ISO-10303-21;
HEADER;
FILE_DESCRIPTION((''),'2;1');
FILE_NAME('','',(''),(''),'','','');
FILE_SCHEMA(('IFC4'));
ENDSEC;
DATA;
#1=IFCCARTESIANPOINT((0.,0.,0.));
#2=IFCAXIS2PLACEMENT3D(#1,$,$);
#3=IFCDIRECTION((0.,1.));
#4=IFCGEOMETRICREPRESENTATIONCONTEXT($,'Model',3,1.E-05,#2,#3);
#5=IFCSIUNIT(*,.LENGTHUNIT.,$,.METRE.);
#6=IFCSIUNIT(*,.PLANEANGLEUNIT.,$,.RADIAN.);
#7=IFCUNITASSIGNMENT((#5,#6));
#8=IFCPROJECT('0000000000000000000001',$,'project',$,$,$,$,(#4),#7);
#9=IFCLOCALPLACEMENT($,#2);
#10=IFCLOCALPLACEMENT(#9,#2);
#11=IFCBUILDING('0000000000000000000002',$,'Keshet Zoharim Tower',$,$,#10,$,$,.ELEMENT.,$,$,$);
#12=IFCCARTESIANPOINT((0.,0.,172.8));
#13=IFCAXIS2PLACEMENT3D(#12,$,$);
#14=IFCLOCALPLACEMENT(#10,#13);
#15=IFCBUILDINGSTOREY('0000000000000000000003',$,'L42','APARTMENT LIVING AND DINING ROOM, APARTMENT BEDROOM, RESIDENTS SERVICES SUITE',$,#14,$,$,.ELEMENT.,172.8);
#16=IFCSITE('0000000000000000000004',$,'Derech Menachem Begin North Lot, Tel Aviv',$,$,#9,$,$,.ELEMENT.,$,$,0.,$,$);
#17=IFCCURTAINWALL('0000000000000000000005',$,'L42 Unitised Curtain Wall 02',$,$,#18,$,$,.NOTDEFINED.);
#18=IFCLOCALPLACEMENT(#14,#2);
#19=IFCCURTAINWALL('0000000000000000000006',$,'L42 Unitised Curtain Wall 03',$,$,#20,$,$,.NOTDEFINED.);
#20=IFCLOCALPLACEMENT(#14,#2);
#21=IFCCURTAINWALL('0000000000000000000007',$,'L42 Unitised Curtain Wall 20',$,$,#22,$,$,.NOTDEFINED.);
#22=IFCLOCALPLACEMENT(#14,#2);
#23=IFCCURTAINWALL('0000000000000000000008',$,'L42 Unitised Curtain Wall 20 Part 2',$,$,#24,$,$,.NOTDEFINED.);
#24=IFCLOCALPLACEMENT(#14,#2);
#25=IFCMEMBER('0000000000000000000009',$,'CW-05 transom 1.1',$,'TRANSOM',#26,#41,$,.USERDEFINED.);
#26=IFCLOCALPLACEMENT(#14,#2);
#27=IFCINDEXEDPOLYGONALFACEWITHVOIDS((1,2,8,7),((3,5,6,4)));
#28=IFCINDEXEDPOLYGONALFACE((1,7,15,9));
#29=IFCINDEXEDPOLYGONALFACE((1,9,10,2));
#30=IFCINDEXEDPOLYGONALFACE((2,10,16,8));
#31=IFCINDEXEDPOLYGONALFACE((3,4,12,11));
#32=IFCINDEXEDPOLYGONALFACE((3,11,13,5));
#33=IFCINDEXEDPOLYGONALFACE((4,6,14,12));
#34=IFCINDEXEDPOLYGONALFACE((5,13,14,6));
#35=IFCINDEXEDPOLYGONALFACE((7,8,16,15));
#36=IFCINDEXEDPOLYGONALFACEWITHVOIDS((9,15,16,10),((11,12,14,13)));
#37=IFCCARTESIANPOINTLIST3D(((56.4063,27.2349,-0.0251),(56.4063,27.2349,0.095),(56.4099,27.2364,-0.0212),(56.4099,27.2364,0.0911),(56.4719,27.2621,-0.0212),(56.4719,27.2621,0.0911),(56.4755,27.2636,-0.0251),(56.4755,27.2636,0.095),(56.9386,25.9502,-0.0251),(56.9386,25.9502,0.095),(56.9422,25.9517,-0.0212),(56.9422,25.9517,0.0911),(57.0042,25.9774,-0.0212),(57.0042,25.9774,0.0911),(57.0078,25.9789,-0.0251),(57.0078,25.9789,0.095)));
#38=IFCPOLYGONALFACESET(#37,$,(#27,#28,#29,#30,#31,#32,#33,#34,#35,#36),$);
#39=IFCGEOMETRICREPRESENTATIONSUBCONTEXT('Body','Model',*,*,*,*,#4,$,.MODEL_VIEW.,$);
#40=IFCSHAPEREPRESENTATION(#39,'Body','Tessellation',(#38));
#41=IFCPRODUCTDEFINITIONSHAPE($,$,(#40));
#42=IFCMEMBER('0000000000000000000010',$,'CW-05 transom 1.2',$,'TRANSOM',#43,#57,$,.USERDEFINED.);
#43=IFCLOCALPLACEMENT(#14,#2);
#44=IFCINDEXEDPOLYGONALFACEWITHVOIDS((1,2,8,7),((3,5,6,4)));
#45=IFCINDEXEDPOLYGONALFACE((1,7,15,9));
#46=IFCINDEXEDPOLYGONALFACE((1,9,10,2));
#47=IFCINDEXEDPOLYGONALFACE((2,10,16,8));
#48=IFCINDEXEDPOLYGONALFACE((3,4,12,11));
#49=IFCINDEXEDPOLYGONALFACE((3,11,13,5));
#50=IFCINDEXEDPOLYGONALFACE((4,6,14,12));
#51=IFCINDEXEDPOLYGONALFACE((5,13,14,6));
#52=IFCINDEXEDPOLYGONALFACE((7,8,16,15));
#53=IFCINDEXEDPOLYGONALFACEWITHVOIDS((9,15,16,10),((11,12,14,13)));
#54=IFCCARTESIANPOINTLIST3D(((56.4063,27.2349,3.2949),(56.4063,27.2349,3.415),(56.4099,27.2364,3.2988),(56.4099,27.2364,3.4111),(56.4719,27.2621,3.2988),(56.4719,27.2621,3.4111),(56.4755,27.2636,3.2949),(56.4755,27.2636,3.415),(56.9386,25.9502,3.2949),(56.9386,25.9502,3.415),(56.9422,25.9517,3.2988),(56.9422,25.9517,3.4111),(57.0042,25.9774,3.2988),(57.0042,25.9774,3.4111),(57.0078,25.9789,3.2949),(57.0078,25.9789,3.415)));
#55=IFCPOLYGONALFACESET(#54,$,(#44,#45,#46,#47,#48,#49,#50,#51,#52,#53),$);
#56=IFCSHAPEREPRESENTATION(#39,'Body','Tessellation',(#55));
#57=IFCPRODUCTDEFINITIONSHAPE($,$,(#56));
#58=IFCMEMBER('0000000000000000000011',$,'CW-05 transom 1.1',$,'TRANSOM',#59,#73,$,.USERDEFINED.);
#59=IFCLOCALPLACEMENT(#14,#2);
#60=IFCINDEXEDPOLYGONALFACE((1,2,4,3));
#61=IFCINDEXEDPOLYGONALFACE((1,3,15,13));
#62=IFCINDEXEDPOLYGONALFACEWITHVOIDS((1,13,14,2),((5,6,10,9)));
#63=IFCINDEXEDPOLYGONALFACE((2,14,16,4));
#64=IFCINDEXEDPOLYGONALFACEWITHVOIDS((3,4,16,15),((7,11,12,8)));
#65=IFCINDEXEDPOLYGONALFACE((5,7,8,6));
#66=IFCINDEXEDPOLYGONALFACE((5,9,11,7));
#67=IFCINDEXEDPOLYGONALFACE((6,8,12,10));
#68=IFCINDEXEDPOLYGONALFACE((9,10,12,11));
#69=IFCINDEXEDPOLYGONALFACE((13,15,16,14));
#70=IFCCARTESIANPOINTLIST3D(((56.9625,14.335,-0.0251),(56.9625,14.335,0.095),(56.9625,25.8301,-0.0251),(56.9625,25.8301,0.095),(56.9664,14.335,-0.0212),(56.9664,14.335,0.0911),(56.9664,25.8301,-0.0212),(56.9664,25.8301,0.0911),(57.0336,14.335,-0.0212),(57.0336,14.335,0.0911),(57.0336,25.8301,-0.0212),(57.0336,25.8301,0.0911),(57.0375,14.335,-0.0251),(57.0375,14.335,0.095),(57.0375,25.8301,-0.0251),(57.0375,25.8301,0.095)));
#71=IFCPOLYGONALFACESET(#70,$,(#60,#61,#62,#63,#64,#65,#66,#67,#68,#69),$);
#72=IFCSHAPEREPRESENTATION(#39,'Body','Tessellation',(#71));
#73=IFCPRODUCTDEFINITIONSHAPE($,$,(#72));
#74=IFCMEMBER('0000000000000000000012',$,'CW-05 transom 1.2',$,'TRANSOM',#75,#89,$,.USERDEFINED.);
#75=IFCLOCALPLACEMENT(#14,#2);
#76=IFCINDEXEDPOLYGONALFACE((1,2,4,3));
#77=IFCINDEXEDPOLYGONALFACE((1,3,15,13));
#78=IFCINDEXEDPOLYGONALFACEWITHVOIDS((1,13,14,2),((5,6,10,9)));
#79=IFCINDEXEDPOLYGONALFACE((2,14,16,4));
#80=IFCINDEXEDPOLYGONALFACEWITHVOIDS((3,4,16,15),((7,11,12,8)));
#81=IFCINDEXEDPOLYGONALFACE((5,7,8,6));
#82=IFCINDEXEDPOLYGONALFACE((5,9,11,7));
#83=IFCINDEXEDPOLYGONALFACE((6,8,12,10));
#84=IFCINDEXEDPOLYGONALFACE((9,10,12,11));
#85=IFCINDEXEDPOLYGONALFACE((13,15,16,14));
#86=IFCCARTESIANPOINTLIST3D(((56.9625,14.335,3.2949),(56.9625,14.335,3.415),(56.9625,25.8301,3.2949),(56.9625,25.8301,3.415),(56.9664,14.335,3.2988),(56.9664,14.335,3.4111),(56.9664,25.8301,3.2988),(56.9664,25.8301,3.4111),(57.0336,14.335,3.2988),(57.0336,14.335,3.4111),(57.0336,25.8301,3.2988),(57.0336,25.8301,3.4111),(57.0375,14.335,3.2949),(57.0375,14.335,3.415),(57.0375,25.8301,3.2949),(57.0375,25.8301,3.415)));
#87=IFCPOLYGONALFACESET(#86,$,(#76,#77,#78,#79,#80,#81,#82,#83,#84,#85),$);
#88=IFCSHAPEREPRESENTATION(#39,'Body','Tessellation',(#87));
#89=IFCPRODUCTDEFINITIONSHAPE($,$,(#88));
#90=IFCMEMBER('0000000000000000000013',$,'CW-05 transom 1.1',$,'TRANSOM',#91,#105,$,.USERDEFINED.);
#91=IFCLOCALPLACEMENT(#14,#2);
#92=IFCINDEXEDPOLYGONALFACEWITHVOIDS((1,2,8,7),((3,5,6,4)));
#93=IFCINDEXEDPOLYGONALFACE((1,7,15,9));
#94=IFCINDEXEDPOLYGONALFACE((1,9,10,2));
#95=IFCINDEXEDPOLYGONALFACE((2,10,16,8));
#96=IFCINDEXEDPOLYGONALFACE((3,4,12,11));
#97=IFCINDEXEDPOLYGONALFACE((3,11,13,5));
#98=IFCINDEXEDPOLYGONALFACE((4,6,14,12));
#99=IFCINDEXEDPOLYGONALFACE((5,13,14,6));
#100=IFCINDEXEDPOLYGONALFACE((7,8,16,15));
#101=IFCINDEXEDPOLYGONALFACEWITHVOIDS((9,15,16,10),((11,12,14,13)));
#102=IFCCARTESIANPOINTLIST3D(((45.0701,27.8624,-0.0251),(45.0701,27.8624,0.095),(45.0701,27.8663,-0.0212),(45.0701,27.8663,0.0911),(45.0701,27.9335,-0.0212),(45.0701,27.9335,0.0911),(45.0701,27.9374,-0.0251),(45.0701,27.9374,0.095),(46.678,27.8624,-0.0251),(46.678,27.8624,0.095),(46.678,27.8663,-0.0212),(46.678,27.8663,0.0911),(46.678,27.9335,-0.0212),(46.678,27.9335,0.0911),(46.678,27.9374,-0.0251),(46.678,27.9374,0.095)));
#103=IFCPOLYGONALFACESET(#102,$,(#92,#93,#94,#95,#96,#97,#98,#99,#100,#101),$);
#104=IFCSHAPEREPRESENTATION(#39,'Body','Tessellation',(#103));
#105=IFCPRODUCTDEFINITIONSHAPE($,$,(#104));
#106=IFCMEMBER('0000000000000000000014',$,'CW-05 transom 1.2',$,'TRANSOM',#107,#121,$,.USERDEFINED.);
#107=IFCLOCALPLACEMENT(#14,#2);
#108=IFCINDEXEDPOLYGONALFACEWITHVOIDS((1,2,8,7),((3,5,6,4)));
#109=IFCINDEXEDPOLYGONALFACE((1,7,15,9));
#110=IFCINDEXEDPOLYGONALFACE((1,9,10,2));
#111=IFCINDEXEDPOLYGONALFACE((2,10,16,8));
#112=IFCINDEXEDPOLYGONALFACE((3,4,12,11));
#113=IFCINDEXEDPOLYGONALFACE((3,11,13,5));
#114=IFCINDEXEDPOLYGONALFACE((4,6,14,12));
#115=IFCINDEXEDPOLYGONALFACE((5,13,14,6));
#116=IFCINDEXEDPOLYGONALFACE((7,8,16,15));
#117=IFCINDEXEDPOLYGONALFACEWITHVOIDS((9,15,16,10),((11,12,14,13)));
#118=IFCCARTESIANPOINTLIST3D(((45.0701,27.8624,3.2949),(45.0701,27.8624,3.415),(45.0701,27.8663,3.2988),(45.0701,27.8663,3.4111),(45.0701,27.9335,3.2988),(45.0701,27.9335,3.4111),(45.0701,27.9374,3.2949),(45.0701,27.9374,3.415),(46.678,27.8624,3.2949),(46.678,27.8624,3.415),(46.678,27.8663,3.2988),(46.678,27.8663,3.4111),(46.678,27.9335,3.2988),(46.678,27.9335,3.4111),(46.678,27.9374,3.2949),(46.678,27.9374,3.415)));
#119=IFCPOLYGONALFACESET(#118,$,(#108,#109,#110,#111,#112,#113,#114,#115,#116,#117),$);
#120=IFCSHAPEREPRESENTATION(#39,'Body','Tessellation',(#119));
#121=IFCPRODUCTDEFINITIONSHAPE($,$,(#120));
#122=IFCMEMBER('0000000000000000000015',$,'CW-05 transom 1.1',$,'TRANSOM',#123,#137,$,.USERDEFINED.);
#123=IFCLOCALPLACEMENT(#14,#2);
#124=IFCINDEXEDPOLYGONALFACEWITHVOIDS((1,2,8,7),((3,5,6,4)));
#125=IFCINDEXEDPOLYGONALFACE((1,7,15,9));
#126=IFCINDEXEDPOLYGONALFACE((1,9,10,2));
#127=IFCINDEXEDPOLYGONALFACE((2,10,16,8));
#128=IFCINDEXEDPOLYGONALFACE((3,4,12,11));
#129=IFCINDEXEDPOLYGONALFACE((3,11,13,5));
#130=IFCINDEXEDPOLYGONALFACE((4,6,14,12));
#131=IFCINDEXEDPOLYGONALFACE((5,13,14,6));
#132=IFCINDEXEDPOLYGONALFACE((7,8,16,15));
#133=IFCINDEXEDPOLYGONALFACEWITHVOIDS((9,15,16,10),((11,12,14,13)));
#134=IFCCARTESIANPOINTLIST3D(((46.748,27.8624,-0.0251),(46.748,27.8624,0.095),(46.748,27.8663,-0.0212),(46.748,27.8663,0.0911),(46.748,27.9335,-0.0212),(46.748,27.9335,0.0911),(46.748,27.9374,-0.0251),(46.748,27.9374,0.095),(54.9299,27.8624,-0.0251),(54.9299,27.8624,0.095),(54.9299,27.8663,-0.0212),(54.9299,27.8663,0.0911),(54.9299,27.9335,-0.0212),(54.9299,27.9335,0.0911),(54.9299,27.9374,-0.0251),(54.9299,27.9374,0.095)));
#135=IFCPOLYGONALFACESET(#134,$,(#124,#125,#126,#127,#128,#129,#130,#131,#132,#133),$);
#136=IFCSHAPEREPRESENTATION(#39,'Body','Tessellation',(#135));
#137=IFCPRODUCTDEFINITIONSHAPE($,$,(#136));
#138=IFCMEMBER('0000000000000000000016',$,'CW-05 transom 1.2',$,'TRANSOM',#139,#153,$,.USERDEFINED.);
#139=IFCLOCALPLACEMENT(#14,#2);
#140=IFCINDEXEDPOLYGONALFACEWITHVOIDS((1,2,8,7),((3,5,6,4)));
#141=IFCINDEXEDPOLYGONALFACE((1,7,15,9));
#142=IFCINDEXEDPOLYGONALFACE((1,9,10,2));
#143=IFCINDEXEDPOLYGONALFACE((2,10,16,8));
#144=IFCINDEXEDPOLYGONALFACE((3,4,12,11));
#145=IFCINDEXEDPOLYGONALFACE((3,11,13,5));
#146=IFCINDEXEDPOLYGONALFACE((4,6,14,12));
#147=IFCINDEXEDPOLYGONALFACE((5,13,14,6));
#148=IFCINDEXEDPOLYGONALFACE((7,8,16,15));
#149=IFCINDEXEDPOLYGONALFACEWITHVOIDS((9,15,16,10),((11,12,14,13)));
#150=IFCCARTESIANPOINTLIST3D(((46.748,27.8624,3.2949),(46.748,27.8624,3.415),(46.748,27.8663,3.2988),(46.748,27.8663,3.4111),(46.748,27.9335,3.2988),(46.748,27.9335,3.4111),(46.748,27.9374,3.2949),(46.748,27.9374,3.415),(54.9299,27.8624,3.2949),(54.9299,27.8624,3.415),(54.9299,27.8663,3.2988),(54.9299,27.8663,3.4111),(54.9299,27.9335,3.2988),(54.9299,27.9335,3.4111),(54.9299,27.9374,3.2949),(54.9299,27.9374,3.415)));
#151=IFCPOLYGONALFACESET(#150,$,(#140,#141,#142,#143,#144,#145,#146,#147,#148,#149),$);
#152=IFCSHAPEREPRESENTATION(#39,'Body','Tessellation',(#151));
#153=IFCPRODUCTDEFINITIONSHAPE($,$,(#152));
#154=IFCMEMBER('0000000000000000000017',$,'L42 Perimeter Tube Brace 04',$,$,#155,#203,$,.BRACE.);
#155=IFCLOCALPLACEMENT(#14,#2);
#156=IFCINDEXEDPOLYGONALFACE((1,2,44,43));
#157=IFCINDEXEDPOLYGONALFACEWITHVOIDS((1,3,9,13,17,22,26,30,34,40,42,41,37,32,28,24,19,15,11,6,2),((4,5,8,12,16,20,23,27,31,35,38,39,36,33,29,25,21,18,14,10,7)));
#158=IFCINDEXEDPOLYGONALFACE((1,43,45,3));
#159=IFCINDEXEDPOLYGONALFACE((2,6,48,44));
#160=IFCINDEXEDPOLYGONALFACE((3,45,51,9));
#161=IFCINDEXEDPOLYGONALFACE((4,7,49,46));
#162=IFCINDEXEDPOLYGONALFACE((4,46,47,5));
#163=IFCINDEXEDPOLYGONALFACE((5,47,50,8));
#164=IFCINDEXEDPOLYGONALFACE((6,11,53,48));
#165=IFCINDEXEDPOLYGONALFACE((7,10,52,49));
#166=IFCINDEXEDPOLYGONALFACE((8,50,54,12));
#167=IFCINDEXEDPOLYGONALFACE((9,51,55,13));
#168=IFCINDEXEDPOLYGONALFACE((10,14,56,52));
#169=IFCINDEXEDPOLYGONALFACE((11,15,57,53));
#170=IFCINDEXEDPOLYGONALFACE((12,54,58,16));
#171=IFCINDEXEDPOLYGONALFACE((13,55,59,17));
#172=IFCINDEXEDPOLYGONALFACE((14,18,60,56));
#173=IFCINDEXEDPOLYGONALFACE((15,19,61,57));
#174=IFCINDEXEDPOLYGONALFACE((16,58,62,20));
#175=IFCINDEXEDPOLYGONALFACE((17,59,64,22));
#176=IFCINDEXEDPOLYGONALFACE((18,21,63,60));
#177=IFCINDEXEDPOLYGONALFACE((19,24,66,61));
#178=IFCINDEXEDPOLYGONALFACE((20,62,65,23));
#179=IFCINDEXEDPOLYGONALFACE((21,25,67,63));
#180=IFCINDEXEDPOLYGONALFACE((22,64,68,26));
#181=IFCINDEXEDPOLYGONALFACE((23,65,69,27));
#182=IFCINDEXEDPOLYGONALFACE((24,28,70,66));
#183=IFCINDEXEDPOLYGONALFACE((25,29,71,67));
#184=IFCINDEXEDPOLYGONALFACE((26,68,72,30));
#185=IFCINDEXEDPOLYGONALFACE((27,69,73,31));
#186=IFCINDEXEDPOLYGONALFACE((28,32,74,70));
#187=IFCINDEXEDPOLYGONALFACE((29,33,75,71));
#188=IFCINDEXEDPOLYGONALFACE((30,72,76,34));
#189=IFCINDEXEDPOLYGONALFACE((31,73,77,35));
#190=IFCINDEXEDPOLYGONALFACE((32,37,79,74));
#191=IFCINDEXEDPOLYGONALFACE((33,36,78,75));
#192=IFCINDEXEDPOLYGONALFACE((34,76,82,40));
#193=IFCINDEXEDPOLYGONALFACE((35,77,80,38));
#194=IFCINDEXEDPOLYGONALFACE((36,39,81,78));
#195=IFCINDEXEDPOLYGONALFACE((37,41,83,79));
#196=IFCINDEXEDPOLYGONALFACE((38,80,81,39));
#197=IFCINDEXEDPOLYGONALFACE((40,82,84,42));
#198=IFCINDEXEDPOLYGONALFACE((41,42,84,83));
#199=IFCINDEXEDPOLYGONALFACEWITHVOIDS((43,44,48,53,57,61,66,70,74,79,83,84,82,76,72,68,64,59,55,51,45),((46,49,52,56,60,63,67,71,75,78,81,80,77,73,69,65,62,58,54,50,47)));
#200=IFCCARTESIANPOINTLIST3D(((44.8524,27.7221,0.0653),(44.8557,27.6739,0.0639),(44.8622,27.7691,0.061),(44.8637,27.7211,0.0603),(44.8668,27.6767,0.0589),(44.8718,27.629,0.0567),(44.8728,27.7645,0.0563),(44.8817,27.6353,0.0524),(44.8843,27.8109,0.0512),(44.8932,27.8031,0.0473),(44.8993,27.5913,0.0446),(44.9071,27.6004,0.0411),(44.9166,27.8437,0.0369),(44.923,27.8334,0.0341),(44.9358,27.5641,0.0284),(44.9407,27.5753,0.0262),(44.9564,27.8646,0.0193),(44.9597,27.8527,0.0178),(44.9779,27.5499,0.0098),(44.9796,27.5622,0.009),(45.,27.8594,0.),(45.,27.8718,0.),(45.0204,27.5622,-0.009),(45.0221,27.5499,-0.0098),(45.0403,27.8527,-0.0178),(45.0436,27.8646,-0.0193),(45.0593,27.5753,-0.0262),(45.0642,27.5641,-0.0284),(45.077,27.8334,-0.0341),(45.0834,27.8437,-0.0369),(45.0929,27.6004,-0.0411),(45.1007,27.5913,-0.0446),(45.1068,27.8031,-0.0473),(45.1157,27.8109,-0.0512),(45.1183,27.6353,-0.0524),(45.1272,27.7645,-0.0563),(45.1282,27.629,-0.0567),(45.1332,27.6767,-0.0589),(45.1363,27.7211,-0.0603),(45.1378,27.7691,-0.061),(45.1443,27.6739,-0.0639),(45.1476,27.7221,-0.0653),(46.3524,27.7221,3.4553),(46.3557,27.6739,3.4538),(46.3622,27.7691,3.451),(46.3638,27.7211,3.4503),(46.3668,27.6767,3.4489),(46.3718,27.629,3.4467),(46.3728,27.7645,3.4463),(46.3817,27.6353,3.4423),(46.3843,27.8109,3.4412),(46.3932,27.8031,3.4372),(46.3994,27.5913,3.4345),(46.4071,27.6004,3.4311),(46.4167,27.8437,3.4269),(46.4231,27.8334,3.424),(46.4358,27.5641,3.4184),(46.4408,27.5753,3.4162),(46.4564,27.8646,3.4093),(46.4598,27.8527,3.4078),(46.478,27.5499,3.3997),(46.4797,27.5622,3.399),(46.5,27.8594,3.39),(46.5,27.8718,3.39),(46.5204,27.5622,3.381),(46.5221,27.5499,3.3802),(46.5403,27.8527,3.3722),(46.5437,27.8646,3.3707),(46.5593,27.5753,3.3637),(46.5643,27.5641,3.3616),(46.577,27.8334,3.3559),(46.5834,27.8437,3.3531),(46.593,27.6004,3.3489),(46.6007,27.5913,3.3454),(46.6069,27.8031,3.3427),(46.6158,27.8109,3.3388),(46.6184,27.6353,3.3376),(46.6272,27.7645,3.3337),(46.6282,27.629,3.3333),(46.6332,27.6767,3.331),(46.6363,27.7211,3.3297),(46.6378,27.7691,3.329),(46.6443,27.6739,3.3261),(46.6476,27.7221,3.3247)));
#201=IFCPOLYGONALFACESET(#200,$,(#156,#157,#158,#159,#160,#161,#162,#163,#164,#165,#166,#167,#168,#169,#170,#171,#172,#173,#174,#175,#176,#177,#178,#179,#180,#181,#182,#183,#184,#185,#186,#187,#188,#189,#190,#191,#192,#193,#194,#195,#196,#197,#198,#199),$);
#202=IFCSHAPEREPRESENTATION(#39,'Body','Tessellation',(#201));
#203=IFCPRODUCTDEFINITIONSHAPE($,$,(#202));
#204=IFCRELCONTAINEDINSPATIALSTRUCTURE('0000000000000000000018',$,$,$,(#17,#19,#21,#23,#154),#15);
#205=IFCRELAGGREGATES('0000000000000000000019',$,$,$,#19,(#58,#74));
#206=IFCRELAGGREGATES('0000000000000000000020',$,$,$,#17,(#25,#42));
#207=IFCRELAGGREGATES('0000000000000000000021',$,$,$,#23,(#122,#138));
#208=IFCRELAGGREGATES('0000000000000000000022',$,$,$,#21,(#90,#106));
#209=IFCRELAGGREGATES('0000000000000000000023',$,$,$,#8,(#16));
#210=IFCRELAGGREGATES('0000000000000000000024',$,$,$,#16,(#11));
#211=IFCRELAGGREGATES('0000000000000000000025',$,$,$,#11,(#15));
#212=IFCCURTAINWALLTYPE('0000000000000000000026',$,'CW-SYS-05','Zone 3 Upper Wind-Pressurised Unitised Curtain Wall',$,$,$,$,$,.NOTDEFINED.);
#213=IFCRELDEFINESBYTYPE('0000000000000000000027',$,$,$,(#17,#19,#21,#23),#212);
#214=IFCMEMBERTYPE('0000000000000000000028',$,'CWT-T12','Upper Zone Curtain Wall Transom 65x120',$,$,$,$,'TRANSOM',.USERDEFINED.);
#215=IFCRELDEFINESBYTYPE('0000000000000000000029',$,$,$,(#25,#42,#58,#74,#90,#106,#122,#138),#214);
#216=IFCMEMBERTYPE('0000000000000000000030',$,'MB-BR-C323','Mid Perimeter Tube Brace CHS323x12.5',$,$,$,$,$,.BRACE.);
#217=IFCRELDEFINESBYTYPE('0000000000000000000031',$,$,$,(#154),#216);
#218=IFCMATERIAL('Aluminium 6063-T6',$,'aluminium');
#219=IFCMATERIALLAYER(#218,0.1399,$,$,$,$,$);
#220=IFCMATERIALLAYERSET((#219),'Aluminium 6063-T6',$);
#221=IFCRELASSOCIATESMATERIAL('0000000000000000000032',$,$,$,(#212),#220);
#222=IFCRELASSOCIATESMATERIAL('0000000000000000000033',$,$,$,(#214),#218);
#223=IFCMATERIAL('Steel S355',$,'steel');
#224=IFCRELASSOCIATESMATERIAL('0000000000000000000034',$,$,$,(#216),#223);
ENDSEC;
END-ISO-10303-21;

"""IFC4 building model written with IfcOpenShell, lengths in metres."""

from ifc_helpers import new_model, si_unit, direction, frame, origin, origin_2d, place, context, subcontext, project, spatial, hollow_rectangle, hollow_circle, extrude, material, layer, layer_set, material_profile, profile_set, type_object, element, aggregate, save


model = new_model("IFC4")

# Units and contexts
model_context = context("Model", 3, precision=1e-05, world=origin(), true_north=direction((0.0, 1.0)))
body_context = subcontext(model_context, "Body", "Model", "MODEL_VIEW")
ifc_project = project(units=[si_unit("LENGTHUNIT", "METRE"), si_unit("PLANEANGLEUNIT", "RADIAN")], contexts=[model_context])

# Site, building, storey
site_placement = place(None, origin())
site = spatial("IfcSite", under=ifc_project, at=site_placement, Name="Derech Menachem Begin North Lot, Tel Aviv", CompositionType="ELEMENT", RefElevation=0.0)
building_placement = place(site_placement, origin())
building = spatial("IfcBuilding", under=site, at=building_placement, Name="Keshet Zoharim Tower", CompositionType="ELEMENT")
storey_placement = place(building_placement, frame((0.0, 0.0, 172.8)))
storey = spatial("IfcBuildingStorey", under=building, at=storey_placement, Name="L42", Description="APARTMENT LIVING AND DINING ROOM, APARTMENT BEDROOM, RESIDENTS SERVICES SUITE", CompositionType="ELEMENT", Elevation=172.8)

# Shared definitions
ifc_material_1 = material(Name="Steel S355", Category="steel")

# Curtain wall
ifc_material_2 = material(Name="Aluminium 6063-T6", Category="aluminium")
ifc_layer_1 = layer(ifc_material_2, 0.1399)
ifc_layer_set_1 = layer_set([ifc_layer_1], Name="Aluminium 6063-T6")
curtain_wall_type = type_object("IfcCurtainWallType", Name="CW-SYS-05", Description="Zone 3 Upper Wind-Pressurised Unitised Curtain Wall", PredefinedType="NOTDEFINED", material=ifc_layer_set_1)
curtain_wall_1_placement = place(storey_placement, origin())
curtain_wall_1 = element("IfcCurtainWall", 1, at=curtain_wall_1_placement, inside=storey, type_object=curtain_wall_type, Name="L42 Unitised Curtain Wall 02", PredefinedType="NOTDEFINED")

# Curtain wall
curtain_wall_2_placement = place(storey_placement, origin())
curtain_wall_2 = element("IfcCurtainWall", 2, at=curtain_wall_2_placement, inside=storey, type_object=curtain_wall_type, Name="L42 Unitised Curtain Wall 03", PredefinedType="NOTDEFINED")

# Curtain wall
curtain_wall_3_placement = place(storey_placement, origin())
curtain_wall_3 = element("IfcCurtainWall", 3, at=curtain_wall_3_placement, inside=storey, type_object=curtain_wall_type, Name="L42 Unitised Curtain Wall 20", PredefinedType="NOTDEFINED")

# Curtain wall
curtain_wall_4_placement = place(storey_placement, origin())
curtain_wall_4 = element("IfcCurtainWall", 4, at=curtain_wall_4_placement, inside=storey, type_object=curtain_wall_type, Name="L42 Unitised Curtain Wall 20 Part 2", PredefinedType="NOTDEFINED")

# Members
ifc_material_profile_1 = material_profile(ifc_material_2, hollow_rectangle(XDim=0.075, YDim=0.1201, WallThickness=0.0039, at=origin_2d()), Name="TRN-75x120")
ifc_profile_set_1 = profile_set([ifc_material_profile_1], Name="Aluminium 6063-T6")
member_type_1 = type_object("IfcMemberType", Name="CWT-T12", Description="Upper Zone Curtain Wall Transom 65x120", ElementType="TRANSOM", PredefinedType="USERDEFINED", material=ifc_profile_set_1)
member_1_placement = place(storey_placement, frame((56.4409, 27.2493, 0.0349), z_axis=(0.382745, -0.923854, 0.0), x_axis=(0.923854, 0.382745, 0.0)))
member_1 = element("IfcMember", 5, at=member_1_placement, type_object=member_type_1, Name="CW-05 transom 1.1", ObjectType="TRANSOM", PredefinedType="USERDEFINED", context=body_context, shape_type="SweptSolid", body=[
    extrude(hollow_rectangle(XDim=0.075, YDim=0.1201, WallThickness=0.0039, at=origin_2d()), origin(), (0.0, 0.0, 1.0), 1.3906),
])
member_2_placement = place(storey_placement, frame((56.4409, 27.2493, 3.355), z_axis=(0.382745, -0.923854, 0.0), x_axis=(0.923854, 0.382745, 0.0)))
member_2 = element("IfcMember", 6, at=member_2_placement, type_object=member_type_1, Name="CW-05 transom 1.2", ObjectType="TRANSOM", PredefinedType="USERDEFINED", context=body_context, shape_type="SweptSolid", body=[
    extrude(hollow_rectangle(XDim=0.075, YDim=0.1201, WallThickness=0.0039, at=origin_2d()), origin(), (0.0, 0.0, 1.0), 1.3906),
])
member_3_placement = place(storey_placement, frame((57.0, 25.8301, 0.0349), z_axis=(0.0, -1.0, 0.0), x_axis=(1.0, 0.0, 0.0)))
member_3 = element("IfcMember", 7, at=member_3_placement, type_object=member_type_1, Name="CW-05 transom 1.1", ObjectType="TRANSOM", PredefinedType="USERDEFINED", context=body_context, shape_type="SweptSolid", body=[
    extrude(hollow_rectangle(XDim=0.075, YDim=0.1201, WallThickness=0.0039, at=origin_2d()), origin(), (0.0, 0.0, 1.0), 11.4951),
])
member_4_placement = place(storey_placement, frame((57.0, 25.8301, 3.355), z_axis=(0.0, -1.0, 0.0), x_axis=(1.0, 0.0, 0.0)))
member_4 = element("IfcMember", 8, at=member_4_placement, type_object=member_type_1, Name="CW-05 transom 1.2", ObjectType="TRANSOM", PredefinedType="USERDEFINED", context=body_context, shape_type="SweptSolid", body=[
    extrude(hollow_rectangle(XDim=0.075, YDim=0.1201, WallThickness=0.0039, at=origin_2d()), origin(), (0.0, 0.0, 1.0), 11.4951),
])
aggregate(curtain_wall_2, [member_3, member_4])
member_5_placement = place(storey_placement, frame((45.0701, 27.8999, 0.0349), z_axis=(1.0, 0.0, 0.0), x_axis=(0.0, 1.0, 0.0)))
member_5 = element("IfcMember", 9, at=member_5_placement, type_object=member_type_1, Name="CW-05 transom 1.1", ObjectType="TRANSOM", PredefinedType="USERDEFINED", context=body_context, shape_type="SweptSolid", body=[
    extrude(hollow_rectangle(XDim=0.075, YDim=0.1201, WallThickness=0.0039, at=origin_2d()), origin(), (0.0, 0.0, 1.0), 1.6079),
])
member_6_placement = place(storey_placement, frame((45.0701, 27.8999, 3.355), z_axis=(1.0, 0.0, 0.0), x_axis=(0.0, 1.0, 0.0)))
member_6 = element("IfcMember", 10, at=member_6_placement, type_object=member_type_1, Name="CW-05 transom 1.2", ObjectType="TRANSOM", PredefinedType="USERDEFINED", context=body_context, shape_type="SweptSolid", body=[
    extrude(hollow_rectangle(XDim=0.075, YDim=0.1201, WallThickness=0.0039, at=origin_2d()), origin(), (0.0, 0.0, 1.0), 1.6079),
])
member_7_placement = place(storey_placement, frame((46.748, 27.8999, 0.0349), z_axis=(1.0, 0.0, 0.0), x_axis=(0.0, 1.0, 0.0)))
member_7 = element("IfcMember", 11, at=member_7_placement, type_object=member_type_1, Name="CW-05 transom 1.1", ObjectType="TRANSOM", PredefinedType="USERDEFINED", context=body_context, shape_type="SweptSolid", body=[
    extrude(hollow_rectangle(XDim=0.075, YDim=0.1201, WallThickness=0.0039, at=origin_2d()), origin(), (0.0, 0.0, 1.0), 8.1819),
])
member_8_placement = place(storey_placement, frame((46.748, 27.8999, 3.355), z_axis=(1.0, 0.0, 0.0), x_axis=(0.0, 1.0, 0.0)))
member_8 = element("IfcMember", 12, at=member_8_placement, type_object=member_type_1, Name="CW-05 transom 1.2", ObjectType="TRANSOM", PredefinedType="USERDEFINED", context=body_context, shape_type="SweptSolid", body=[
    extrude(hollow_rectangle(XDim=0.075, YDim=0.1201, WallThickness=0.0039, at=origin_2d()), origin(), (0.0, 0.0, 1.0), 8.1819),
])
ifc_material_profile_2 = material_profile(ifc_material_1, hollow_circle(Radius=0.1619, WallThickness=0.0125, at=origin_2d()), Name="CHS323x12.5")
ifc_profile_set_2 = profile_set([ifc_material_profile_2], Name="Steel S355")
member_type_2 = type_object("IfcMemberType", Name="MB-BR-C323", Description="Mid Perimeter Tube Brace CHS323x12.5", PredefinedType="BRACE", material=ifc_profile_set_2)
member_9_placement = place(storey_placement, frame((45.0, 27.71, 0.0), z_axis=(0.404647, 0.0, 0.914473), x_axis=(0.0, 1.0, 0.0)))
element("IfcMember", 13, at=member_9_placement, inside=storey, type_object=member_type_2, Name="L42 Perimeter Tube Brace 04", PredefinedType="BRACE", context=body_context, shape_type="SweptSolid", body=[
    extrude(hollow_circle(Radius=0.1619, WallThickness=0.0125, at=origin_2d()), origin(), (0.0, 0.0, 1.0), 3.707),
])

aggregate(curtain_wall_1, [member_1, member_2])
aggregate(curtain_wall_4, [member_7, member_8])
aggregate(curtain_wall_3, [member_5, member_6])

save(model, "model.ifc")
